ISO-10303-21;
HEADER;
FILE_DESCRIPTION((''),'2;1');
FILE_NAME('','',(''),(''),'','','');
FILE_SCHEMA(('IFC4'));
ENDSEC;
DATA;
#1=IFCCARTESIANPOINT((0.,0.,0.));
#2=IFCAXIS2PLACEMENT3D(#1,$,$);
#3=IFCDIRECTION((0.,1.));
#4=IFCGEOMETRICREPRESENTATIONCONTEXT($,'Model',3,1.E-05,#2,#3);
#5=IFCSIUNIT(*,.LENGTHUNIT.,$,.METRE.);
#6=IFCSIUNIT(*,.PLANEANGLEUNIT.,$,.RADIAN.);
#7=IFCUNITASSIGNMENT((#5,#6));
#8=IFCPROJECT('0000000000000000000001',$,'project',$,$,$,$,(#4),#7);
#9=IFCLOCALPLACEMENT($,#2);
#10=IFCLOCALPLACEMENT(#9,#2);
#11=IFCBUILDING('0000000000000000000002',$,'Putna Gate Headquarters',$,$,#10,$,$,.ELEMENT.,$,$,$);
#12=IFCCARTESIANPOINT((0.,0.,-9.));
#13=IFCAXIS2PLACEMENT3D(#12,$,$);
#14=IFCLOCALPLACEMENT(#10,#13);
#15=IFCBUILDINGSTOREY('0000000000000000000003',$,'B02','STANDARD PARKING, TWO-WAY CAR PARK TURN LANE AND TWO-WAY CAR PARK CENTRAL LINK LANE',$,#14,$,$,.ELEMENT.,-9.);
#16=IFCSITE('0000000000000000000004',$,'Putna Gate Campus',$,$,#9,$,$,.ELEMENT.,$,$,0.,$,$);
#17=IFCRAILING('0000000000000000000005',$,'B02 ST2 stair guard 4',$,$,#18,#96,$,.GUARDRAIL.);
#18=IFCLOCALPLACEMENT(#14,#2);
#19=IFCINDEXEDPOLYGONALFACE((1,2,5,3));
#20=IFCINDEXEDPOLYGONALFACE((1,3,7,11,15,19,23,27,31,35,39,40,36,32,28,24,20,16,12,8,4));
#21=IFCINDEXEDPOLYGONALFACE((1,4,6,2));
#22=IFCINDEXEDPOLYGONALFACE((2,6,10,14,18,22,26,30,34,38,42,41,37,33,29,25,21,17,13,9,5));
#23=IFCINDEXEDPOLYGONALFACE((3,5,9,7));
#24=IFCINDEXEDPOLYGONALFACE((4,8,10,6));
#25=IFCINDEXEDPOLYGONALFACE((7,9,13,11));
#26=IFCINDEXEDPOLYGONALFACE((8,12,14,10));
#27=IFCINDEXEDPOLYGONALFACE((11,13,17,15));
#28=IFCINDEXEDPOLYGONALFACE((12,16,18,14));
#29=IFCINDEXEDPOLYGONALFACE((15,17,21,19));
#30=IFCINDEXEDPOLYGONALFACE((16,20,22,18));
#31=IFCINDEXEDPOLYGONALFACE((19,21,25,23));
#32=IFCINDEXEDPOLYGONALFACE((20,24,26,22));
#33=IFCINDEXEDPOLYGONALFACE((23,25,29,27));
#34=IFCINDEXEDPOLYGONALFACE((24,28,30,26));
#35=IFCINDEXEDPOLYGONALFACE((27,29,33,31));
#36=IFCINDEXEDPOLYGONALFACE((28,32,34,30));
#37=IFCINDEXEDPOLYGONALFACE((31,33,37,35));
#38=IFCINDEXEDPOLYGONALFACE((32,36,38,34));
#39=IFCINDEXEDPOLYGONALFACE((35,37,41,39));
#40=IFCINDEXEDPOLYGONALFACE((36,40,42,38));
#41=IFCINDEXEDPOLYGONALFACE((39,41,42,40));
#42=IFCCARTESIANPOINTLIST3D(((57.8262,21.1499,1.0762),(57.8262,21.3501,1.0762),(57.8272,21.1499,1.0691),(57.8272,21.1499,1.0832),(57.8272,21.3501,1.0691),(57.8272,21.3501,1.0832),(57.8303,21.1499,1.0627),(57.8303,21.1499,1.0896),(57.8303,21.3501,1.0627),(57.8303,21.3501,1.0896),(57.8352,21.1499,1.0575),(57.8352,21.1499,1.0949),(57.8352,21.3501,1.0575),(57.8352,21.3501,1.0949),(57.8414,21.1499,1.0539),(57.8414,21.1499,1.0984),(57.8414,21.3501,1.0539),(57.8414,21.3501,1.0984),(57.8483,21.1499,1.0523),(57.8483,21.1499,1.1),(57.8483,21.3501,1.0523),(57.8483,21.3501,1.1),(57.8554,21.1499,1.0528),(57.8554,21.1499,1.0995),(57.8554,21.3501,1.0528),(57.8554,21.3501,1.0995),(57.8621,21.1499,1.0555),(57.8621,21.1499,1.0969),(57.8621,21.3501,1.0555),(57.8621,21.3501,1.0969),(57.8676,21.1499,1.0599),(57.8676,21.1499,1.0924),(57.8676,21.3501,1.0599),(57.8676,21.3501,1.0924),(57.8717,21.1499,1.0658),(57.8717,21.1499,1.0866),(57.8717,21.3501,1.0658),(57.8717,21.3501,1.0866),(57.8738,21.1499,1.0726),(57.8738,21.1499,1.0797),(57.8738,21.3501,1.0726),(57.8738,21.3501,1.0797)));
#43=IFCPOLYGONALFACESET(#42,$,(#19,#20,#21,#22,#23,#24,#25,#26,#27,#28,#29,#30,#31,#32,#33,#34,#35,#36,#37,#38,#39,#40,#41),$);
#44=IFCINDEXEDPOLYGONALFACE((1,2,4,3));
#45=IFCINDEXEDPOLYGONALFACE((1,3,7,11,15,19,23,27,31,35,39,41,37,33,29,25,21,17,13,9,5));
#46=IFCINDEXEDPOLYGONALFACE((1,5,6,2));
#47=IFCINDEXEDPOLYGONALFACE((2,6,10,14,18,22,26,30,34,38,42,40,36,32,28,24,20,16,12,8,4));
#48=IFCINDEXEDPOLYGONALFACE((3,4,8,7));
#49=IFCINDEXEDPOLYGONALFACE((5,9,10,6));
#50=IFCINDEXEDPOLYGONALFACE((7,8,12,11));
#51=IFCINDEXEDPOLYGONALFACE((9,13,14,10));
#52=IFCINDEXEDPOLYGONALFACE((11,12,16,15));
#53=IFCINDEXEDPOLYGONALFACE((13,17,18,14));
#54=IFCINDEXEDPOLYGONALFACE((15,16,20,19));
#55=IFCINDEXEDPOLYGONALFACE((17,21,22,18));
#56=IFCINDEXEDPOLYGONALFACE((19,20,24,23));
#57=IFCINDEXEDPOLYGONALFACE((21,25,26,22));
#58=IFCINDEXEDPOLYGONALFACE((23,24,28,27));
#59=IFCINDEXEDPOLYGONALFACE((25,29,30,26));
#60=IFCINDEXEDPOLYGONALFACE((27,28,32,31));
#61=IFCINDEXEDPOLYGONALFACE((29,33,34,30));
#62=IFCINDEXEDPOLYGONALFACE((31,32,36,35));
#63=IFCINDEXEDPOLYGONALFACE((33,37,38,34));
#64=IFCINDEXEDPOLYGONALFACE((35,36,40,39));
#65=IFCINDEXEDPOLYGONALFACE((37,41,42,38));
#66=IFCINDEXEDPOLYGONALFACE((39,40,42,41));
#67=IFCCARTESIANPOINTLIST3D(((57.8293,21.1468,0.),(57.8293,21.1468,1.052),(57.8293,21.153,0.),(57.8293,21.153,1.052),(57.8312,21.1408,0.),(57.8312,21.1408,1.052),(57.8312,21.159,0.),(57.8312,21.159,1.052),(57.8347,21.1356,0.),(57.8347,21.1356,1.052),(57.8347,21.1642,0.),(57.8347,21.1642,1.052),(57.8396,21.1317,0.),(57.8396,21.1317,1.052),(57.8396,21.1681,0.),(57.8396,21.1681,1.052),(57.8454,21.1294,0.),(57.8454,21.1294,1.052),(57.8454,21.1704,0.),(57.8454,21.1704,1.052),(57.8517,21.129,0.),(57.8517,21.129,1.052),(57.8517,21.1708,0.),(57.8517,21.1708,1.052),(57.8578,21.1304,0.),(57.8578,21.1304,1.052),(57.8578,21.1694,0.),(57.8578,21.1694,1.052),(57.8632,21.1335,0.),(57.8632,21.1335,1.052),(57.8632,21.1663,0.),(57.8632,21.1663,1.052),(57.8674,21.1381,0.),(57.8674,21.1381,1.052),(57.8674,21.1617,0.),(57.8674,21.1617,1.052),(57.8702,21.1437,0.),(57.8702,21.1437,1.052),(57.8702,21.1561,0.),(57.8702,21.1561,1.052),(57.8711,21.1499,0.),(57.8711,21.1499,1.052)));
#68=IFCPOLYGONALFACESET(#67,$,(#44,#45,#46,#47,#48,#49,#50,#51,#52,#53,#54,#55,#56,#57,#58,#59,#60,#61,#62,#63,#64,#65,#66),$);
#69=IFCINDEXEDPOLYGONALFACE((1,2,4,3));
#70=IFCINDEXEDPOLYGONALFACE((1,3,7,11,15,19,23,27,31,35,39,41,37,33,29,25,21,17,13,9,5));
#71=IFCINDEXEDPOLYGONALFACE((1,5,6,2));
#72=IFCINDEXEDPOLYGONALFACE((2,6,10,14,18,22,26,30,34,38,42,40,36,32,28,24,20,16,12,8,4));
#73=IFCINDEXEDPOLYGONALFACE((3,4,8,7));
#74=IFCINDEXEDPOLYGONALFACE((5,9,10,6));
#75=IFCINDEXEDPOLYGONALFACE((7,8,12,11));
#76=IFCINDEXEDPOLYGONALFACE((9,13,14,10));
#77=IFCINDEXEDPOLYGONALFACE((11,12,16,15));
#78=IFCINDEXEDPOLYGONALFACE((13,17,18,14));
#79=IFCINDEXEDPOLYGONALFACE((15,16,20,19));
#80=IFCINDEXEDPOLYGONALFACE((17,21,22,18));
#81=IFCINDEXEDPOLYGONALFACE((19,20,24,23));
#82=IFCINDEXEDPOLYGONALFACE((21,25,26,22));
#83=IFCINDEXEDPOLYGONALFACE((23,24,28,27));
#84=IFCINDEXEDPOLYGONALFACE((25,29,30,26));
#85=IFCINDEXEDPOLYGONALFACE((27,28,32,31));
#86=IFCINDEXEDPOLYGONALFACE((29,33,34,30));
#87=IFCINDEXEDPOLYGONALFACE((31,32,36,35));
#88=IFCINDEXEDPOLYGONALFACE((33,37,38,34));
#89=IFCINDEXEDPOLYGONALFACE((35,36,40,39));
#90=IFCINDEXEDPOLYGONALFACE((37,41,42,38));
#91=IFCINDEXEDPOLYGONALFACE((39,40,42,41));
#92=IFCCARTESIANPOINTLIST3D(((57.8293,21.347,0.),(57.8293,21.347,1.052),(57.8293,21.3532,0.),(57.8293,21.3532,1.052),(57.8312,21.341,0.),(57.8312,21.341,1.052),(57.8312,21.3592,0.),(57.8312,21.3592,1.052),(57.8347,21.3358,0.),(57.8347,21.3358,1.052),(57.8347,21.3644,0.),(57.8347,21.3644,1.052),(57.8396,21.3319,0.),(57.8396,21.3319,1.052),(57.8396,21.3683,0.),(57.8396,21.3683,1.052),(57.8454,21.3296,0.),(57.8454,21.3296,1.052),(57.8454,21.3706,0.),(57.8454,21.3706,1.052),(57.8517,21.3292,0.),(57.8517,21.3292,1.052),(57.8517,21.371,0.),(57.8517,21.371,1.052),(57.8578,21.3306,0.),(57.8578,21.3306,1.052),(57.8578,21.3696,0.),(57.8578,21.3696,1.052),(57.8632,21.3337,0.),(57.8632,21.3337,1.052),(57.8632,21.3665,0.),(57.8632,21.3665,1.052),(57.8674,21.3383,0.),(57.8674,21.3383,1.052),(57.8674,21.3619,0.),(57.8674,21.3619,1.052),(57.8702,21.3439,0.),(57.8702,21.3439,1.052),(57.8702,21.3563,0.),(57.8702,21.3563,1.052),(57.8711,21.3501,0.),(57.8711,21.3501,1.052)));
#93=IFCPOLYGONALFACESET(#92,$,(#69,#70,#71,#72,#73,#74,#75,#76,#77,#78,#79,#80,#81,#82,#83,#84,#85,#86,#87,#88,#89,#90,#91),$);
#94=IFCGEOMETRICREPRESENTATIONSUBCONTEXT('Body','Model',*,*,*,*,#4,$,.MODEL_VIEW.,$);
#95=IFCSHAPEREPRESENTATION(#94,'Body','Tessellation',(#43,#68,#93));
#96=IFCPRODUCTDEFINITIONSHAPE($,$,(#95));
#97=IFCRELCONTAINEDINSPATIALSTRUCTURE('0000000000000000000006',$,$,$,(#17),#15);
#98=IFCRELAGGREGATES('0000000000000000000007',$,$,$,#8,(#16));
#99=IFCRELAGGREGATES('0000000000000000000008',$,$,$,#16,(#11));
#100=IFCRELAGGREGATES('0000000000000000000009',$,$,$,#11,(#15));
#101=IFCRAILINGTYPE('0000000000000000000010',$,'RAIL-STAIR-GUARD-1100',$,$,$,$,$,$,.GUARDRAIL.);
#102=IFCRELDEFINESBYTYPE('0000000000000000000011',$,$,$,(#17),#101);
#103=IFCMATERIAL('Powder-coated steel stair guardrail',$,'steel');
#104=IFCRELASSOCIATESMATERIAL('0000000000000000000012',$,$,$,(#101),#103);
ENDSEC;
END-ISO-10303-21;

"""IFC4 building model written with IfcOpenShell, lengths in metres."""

from ifc_helpers import new_model, si_unit, direction, frame, origin, origin_2d, place, context, subcontext, project, spatial, circle, extrude, material, type_object, element, save


model = new_model("IFC4")

# Units and contexts
model_context = context("Model", 3, precision=1e-05, world=origin(), true_north=direction((0.0, 1.0)))
body_context = subcontext(model_context, "Body", "Model", "MODEL_VIEW")
ifc_project = project(units=[si_unit("LENGTHUNIT", "METRE"), si_unit("PLANEANGLEUNIT", "RADIAN")], contexts=[model_context])

# Site, building, storey
site_placement = place(None, origin())
site = spatial("IfcSite", under=ifc_project, at=site_placement, Name="Putna Gate Campus", CompositionType="ELEMENT", RefElevation=0.0)
building_placement = place(site_placement, origin())
building = spatial("IfcBuilding", under=site, at=building_placement, Name="Putna Gate Headquarters", CompositionType="ELEMENT")
storey_placement = place(building_placement, frame((0.0, 0.0, -9.0)))
storey = spatial("IfcBuildingStorey", under=building, at=storey_placement, Name="B02", Description="STANDARD PARKING, TWO-WAY CAR PARK TURN LANE AND TWO-WAY CAR PARK CENTRAL LINK LANE", CompositionType="ELEMENT", Elevation=-9.0)

# Railing
ifc_material_1 = material(Name="Powder-coated steel stair guardrail", Category="steel")
railing_type_1 = type_object("IfcRailingType", Name="RAIL-STAIR-GUARD-1100", PredefinedType="GUARDRAIL", material=ifc_material_1)
railing_1_placement = place(storey_placement, frame((57.8501, 21.1499, 0.0)))
element("IfcRailing", 1, at=railing_1_placement, inside=storey, type_object=railing_type_1, Name="B02 ST2 stair guard 4", PredefinedType="GUARDRAIL", context=body_context, shape_type="SweptSolid", body=[
    extrude(circle(Radius=0.0239, at=origin_2d()), frame((0.0, 0.0, 1.0762), z_axis=(0.0, 1.0, 0.0), x_axis=(-1.0, 0.0, 0.0)), (0.0, 0.0, 1.0), 0.2002),
    extrude(circle(Radius=0.021, at=origin_2d()), origin(), (0.0, 0.0, 1.0), 1.052),
    extrude(circle(Radius=0.021, at=origin_2d()), frame((0.0, 0.2002, 0.0)), (0.0, 0.0, 1.0), 1.052),
])

save(model, "model.ifc")
